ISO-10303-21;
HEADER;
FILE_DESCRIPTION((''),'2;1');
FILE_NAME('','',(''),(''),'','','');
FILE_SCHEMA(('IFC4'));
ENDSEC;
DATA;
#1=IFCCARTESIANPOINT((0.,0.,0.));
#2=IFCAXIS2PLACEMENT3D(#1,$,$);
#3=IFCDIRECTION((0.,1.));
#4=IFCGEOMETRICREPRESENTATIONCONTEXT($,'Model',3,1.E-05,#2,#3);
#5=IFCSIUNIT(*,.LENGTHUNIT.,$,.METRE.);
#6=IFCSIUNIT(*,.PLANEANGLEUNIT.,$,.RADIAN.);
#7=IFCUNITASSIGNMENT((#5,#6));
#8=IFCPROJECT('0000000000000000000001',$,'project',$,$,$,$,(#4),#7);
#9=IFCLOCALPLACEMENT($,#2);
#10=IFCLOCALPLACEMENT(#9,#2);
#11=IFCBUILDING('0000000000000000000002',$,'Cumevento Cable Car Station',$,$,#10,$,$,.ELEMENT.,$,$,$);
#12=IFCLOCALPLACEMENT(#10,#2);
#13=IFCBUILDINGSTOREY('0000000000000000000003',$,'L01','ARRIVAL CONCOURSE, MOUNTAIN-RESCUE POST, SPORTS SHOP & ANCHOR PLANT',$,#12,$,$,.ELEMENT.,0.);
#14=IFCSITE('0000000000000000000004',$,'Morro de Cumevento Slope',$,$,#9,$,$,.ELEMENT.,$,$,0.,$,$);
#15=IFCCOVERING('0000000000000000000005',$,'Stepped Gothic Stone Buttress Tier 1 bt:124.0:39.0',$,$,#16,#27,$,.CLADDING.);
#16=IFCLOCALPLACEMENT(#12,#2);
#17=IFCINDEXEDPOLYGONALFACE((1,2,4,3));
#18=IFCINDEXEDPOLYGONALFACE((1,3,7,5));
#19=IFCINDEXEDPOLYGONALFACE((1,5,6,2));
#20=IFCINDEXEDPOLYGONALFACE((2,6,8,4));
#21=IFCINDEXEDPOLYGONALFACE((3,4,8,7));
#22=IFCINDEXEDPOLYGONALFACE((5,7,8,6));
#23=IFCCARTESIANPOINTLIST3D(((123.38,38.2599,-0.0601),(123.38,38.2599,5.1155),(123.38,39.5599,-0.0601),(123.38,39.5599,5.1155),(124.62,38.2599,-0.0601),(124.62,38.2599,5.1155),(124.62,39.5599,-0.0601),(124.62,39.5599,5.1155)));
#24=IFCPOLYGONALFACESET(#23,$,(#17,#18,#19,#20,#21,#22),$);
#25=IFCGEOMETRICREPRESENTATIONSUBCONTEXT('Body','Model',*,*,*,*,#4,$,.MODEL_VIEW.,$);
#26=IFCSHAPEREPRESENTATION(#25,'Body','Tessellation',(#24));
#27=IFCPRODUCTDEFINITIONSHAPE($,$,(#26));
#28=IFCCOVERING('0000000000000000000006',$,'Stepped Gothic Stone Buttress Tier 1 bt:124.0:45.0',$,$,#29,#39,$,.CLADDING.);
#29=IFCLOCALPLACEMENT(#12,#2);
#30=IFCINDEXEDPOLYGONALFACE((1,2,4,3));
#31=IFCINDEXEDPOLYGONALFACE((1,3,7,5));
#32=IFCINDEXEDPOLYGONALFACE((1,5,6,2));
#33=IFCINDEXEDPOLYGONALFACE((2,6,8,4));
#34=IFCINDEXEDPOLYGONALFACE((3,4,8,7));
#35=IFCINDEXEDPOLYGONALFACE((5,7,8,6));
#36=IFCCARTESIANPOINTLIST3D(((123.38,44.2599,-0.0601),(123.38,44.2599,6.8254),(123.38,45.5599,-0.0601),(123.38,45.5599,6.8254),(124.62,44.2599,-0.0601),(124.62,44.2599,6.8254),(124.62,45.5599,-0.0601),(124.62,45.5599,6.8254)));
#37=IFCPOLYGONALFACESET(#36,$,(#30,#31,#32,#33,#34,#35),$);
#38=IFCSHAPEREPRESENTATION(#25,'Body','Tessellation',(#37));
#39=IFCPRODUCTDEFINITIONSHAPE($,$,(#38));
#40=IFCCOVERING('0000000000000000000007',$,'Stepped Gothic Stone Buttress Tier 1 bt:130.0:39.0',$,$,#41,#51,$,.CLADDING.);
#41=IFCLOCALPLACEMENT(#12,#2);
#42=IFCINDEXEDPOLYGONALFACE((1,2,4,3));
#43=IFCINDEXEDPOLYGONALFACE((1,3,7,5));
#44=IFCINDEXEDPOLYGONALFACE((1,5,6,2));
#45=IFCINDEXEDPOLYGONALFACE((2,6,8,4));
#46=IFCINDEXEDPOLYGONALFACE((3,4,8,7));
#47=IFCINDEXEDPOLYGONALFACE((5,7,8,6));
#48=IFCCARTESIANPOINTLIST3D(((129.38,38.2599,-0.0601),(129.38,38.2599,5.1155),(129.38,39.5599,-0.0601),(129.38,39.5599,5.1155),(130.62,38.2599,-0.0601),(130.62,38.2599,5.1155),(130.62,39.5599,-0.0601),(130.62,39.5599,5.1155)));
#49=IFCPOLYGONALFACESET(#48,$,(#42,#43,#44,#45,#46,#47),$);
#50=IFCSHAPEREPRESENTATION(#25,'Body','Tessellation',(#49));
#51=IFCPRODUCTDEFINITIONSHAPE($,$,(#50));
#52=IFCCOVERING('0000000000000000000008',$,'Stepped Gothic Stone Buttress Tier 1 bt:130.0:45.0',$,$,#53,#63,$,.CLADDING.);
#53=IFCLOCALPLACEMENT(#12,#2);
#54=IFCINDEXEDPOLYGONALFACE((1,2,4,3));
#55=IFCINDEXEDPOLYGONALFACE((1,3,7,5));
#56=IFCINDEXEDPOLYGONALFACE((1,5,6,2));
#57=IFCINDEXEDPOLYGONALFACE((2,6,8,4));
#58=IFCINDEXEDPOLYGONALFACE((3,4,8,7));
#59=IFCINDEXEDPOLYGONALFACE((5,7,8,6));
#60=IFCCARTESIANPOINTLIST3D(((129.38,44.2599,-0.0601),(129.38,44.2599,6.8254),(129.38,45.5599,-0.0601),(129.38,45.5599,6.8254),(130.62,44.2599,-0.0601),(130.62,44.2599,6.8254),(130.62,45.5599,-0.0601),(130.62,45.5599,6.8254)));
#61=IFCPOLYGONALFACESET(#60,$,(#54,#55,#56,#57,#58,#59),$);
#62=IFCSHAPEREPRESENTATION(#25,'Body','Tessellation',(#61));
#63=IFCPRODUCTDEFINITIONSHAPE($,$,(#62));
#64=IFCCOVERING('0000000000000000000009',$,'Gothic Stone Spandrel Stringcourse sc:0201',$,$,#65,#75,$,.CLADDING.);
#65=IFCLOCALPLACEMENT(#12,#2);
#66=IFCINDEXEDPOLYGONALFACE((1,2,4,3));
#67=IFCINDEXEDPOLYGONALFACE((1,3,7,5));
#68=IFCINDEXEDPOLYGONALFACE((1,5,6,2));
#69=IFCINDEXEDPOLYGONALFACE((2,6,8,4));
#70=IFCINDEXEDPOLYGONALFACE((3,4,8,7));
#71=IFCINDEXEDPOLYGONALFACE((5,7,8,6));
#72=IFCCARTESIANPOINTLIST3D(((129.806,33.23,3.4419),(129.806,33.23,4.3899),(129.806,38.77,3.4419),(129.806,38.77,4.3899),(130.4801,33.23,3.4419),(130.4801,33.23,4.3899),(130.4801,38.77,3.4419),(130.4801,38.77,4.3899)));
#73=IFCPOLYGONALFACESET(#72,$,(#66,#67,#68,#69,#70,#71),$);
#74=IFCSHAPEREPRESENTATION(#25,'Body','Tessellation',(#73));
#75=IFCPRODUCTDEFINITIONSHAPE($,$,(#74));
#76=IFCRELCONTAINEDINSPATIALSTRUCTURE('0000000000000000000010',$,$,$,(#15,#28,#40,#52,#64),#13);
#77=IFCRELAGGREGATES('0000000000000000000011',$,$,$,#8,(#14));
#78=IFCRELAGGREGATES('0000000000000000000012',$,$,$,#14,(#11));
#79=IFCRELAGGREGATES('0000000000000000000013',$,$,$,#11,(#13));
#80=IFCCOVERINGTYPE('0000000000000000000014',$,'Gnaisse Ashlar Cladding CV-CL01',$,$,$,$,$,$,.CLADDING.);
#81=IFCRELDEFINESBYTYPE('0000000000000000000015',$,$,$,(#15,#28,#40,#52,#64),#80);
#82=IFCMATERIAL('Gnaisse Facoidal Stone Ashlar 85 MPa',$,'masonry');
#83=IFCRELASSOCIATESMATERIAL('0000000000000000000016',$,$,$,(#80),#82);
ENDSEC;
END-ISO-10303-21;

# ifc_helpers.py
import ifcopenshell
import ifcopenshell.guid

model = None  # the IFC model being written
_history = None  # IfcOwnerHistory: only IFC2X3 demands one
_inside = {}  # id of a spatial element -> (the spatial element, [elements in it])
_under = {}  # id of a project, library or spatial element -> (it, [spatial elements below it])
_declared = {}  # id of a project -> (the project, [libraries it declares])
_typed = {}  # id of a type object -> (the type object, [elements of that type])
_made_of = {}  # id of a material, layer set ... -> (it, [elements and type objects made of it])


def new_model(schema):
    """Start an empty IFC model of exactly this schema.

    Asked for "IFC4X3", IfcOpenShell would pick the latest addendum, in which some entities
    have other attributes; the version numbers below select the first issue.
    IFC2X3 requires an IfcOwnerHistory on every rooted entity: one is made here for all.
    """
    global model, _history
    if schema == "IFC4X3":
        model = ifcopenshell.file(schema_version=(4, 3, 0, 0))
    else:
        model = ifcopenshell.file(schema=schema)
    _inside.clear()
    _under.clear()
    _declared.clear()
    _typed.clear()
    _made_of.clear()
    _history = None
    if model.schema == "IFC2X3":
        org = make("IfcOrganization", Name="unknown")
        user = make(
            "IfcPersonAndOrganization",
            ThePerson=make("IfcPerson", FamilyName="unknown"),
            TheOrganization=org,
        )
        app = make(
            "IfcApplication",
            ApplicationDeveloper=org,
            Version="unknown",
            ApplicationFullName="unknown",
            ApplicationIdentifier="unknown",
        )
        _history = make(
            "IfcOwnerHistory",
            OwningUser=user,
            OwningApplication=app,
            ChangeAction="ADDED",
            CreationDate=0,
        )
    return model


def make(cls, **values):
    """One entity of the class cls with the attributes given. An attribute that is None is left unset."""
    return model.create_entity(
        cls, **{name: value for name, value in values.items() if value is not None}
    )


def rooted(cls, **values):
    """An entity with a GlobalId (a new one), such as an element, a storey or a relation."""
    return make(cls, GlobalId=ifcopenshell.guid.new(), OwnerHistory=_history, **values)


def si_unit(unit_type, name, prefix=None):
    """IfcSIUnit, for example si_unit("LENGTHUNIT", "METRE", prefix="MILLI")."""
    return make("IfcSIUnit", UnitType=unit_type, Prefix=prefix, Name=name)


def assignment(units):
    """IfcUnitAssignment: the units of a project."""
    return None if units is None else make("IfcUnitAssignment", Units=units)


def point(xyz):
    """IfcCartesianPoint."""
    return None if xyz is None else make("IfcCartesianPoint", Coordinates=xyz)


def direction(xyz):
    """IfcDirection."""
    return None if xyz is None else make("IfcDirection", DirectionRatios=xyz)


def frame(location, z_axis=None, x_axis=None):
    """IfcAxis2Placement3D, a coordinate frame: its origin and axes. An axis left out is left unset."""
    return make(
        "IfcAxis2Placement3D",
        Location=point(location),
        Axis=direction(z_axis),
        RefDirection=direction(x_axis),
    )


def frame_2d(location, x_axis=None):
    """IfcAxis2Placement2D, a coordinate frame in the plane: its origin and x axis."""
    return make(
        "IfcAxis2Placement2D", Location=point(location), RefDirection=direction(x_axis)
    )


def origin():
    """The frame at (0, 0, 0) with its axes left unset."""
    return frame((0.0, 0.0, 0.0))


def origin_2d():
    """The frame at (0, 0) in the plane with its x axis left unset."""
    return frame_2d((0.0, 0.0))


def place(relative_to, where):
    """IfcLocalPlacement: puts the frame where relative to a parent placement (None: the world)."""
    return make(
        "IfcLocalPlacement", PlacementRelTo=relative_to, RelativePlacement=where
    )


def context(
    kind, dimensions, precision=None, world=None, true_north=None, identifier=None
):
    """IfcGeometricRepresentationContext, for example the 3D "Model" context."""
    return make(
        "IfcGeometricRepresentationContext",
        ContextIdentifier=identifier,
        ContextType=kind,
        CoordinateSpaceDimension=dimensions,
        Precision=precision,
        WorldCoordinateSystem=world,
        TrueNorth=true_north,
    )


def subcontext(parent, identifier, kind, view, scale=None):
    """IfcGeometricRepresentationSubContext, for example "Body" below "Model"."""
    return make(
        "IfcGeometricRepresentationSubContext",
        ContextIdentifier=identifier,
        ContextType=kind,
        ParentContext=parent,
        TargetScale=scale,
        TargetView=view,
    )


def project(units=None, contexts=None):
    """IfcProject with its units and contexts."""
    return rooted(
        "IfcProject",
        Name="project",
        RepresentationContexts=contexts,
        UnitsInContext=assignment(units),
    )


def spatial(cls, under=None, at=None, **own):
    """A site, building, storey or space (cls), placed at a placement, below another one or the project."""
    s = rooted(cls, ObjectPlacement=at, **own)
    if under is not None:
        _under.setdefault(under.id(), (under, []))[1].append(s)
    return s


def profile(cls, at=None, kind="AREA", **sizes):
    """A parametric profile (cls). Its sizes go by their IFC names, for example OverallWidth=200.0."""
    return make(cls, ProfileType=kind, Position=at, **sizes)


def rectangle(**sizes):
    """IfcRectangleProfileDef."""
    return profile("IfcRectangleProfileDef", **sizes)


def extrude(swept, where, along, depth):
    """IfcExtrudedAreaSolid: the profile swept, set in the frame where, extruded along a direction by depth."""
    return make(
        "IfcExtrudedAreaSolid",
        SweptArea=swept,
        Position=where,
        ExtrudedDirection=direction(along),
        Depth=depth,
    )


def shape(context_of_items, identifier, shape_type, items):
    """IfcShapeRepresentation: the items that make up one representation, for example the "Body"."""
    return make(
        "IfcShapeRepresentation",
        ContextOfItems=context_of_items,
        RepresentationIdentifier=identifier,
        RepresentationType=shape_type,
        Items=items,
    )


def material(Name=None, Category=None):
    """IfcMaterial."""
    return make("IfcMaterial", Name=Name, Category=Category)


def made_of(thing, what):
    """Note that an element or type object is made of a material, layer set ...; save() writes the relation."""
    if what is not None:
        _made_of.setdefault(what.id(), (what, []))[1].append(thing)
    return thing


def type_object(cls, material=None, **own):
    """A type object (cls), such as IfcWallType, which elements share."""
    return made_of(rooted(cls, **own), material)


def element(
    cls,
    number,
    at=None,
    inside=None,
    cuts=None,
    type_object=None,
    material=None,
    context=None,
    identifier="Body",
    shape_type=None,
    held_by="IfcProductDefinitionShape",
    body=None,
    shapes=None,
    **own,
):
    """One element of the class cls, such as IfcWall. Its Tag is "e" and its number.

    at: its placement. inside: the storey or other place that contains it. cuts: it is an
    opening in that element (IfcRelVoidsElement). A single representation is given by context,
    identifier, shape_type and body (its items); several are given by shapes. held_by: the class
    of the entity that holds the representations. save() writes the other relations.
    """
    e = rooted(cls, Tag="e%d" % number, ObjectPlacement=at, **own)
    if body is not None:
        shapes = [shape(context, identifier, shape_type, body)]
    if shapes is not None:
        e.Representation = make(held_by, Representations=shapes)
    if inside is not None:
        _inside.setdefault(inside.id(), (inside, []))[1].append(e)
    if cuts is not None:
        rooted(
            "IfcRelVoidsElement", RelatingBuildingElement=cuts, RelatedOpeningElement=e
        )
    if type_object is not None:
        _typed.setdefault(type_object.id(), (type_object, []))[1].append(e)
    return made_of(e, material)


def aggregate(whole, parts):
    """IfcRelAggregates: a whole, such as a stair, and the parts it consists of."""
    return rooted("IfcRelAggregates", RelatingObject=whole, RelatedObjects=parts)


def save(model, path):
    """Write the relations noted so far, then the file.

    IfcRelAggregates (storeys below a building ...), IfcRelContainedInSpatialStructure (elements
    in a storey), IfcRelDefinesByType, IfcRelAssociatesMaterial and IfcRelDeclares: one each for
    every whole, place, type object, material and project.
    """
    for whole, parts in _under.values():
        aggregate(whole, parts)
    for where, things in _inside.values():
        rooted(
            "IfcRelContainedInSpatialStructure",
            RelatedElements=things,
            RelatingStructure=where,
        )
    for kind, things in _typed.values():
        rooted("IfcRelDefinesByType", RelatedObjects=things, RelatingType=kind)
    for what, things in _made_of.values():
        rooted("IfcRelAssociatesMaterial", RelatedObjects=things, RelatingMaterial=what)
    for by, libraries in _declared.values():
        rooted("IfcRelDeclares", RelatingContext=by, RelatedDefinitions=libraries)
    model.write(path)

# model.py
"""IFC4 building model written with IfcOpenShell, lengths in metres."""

from ifc_helpers import new_model, si_unit, direction, frame, origin, origin_2d, place, context, subcontext, project, spatial, rectangle, extrude, material, type_object, element, save


model = new_model("IFC4")

# Units and contexts
model_context = context("Model", 3, precision=1e-05, world=origin(), true_north=direction((0.0, 1.0)))
body_context = subcontext(model_context, "Body", "Model", "MODEL_VIEW")
ifc_project = project(units=[si_unit("LENGTHUNIT", "METRE"), si_unit("PLANEANGLEUNIT", "RADIAN")], contexts=[model_context])

# Site, building, storey
site_placement = place(None, origin())
site = spatial("IfcSite", under=ifc_project, at=site_placement, Name="Morro de Cumevento Slope", CompositionType="ELEMENT", RefElevation=0.0)
building_placement = place(site_placement, origin())
building = spatial("IfcBuilding", under=site, at=building_placement, Name="Cumevento Cable Car Station", CompositionType="ELEMENT")
storey_placement = place(building_placement, origin())
storey = spatial("IfcBuildingStorey", under=building, at=storey_placement, Name="L01", Description="ARRIVAL CONCOURSE, MOUNTAIN-RESCUE POST, SPORTS SHOP & ANCHOR PLANT", CompositionType="ELEMENT", Elevation=0.0)

# Coverings
ifc_material_1 = material(Name="Gnaisse Facoidal Stone Ashlar 85 MPa", Category="masonry")
covering_type = type_object("IfcCoveringType", Name="Gnaisse Ashlar Cladding CV-CL01", PredefinedType="CLADDING", material=ifc_material_1)
covering_1_placement = place(storey_placement, frame((124.0, 38.9099, -0.0601), z_axis=(0.0, 0.0, 1.0), x_axis=(1.0, 0.0, 0.0)))
element("IfcCovering", 1, at=covering_1_placement, inside=storey, type_object=covering_type, Name="Stepped Gothic Stone Buttress Tier 1 bt:124.0:39.0", PredefinedType="CLADDING", context=body_context, shape_type="SweptSolid", body=[
    extrude(rectangle(XDim=1.24, YDim=1.3, at=origin_2d()), origin(), (0.0, 0.0, 1.0), 5.1755),
])
covering_2_placement = place(storey_placement, frame((124.0, 44.9099, -0.0601), z_axis=(0.0, 0.0, 1.0), x_axis=(1.0, 0.0, 0.0)))
element("IfcCovering", 2, at=covering_2_placement, inside=storey, type_object=covering_type, Name="Stepped Gothic Stone Buttress Tier 1 bt:124.0:45.0", PredefinedType="CLADDING", context=body_context, shape_type="SweptSolid", body=[
    extrude(rectangle(XDim=1.24, YDim=1.3, at=origin_2d()), origin(), (0.0, 0.0, 1.0), 6.8855),
])
covering_3_placement = place(storey_placement, frame((130.0, 38.9099, -0.0601), z_axis=(0.0, 0.0, 1.0), x_axis=(1.0, 0.0, 0.0)))
element("IfcCovering", 3, at=covering_3_placement, inside=storey, type_object=covering_type, Name="Stepped Gothic Stone Buttress Tier 1 bt:130.0:39.0", PredefinedType="CLADDING", context=body_context, shape_type="SweptSolid", body=[
    extrude(rectangle(XDim=1.24, YDim=1.3, at=origin_2d()), origin(), (0.0, 0.0, 1.0), 5.1755),
])
covering_4_placement = place(storey_placement, frame((130.0, 44.9099, -0.0601), z_axis=(0.0, 0.0, 1.0), x_axis=(1.0, 0.0, 0.0)))
element("IfcCovering", 4, at=covering_4_placement, inside=storey, type_object=covering_type, Name="Stepped Gothic Stone Buttress Tier 1 bt:130.0:45.0", PredefinedType="CLADDING", context=body_context, shape_type="SweptSolid", body=[
    extrude(rectangle(XDim=1.24, YDim=1.3, at=origin_2d()), origin(), (0.0, 0.0, 1.0), 6.8855),
])
covering_5_placement = place(storey_placement, frame((130.1431, 36.0, 3.4419), z_axis=(0.0, 0.0, 1.0), x_axis=(0.0, 1.0, 0.0)))
element("IfcCovering", 5, at=covering_5_placement, inside=storey, type_object=covering_type, Name="Gothic Stone Spandrel Stringcourse sc:0201", PredefinedType="CLADDING", context=body_context, shape_type="SweptSolid", body=[
    extrude(rectangle(XDim=5.54, YDim=0.6741, at=origin_2d()), origin(), (0.0, 0.0, 1.0), 0.948),
])

save(model, "model.ifc")
